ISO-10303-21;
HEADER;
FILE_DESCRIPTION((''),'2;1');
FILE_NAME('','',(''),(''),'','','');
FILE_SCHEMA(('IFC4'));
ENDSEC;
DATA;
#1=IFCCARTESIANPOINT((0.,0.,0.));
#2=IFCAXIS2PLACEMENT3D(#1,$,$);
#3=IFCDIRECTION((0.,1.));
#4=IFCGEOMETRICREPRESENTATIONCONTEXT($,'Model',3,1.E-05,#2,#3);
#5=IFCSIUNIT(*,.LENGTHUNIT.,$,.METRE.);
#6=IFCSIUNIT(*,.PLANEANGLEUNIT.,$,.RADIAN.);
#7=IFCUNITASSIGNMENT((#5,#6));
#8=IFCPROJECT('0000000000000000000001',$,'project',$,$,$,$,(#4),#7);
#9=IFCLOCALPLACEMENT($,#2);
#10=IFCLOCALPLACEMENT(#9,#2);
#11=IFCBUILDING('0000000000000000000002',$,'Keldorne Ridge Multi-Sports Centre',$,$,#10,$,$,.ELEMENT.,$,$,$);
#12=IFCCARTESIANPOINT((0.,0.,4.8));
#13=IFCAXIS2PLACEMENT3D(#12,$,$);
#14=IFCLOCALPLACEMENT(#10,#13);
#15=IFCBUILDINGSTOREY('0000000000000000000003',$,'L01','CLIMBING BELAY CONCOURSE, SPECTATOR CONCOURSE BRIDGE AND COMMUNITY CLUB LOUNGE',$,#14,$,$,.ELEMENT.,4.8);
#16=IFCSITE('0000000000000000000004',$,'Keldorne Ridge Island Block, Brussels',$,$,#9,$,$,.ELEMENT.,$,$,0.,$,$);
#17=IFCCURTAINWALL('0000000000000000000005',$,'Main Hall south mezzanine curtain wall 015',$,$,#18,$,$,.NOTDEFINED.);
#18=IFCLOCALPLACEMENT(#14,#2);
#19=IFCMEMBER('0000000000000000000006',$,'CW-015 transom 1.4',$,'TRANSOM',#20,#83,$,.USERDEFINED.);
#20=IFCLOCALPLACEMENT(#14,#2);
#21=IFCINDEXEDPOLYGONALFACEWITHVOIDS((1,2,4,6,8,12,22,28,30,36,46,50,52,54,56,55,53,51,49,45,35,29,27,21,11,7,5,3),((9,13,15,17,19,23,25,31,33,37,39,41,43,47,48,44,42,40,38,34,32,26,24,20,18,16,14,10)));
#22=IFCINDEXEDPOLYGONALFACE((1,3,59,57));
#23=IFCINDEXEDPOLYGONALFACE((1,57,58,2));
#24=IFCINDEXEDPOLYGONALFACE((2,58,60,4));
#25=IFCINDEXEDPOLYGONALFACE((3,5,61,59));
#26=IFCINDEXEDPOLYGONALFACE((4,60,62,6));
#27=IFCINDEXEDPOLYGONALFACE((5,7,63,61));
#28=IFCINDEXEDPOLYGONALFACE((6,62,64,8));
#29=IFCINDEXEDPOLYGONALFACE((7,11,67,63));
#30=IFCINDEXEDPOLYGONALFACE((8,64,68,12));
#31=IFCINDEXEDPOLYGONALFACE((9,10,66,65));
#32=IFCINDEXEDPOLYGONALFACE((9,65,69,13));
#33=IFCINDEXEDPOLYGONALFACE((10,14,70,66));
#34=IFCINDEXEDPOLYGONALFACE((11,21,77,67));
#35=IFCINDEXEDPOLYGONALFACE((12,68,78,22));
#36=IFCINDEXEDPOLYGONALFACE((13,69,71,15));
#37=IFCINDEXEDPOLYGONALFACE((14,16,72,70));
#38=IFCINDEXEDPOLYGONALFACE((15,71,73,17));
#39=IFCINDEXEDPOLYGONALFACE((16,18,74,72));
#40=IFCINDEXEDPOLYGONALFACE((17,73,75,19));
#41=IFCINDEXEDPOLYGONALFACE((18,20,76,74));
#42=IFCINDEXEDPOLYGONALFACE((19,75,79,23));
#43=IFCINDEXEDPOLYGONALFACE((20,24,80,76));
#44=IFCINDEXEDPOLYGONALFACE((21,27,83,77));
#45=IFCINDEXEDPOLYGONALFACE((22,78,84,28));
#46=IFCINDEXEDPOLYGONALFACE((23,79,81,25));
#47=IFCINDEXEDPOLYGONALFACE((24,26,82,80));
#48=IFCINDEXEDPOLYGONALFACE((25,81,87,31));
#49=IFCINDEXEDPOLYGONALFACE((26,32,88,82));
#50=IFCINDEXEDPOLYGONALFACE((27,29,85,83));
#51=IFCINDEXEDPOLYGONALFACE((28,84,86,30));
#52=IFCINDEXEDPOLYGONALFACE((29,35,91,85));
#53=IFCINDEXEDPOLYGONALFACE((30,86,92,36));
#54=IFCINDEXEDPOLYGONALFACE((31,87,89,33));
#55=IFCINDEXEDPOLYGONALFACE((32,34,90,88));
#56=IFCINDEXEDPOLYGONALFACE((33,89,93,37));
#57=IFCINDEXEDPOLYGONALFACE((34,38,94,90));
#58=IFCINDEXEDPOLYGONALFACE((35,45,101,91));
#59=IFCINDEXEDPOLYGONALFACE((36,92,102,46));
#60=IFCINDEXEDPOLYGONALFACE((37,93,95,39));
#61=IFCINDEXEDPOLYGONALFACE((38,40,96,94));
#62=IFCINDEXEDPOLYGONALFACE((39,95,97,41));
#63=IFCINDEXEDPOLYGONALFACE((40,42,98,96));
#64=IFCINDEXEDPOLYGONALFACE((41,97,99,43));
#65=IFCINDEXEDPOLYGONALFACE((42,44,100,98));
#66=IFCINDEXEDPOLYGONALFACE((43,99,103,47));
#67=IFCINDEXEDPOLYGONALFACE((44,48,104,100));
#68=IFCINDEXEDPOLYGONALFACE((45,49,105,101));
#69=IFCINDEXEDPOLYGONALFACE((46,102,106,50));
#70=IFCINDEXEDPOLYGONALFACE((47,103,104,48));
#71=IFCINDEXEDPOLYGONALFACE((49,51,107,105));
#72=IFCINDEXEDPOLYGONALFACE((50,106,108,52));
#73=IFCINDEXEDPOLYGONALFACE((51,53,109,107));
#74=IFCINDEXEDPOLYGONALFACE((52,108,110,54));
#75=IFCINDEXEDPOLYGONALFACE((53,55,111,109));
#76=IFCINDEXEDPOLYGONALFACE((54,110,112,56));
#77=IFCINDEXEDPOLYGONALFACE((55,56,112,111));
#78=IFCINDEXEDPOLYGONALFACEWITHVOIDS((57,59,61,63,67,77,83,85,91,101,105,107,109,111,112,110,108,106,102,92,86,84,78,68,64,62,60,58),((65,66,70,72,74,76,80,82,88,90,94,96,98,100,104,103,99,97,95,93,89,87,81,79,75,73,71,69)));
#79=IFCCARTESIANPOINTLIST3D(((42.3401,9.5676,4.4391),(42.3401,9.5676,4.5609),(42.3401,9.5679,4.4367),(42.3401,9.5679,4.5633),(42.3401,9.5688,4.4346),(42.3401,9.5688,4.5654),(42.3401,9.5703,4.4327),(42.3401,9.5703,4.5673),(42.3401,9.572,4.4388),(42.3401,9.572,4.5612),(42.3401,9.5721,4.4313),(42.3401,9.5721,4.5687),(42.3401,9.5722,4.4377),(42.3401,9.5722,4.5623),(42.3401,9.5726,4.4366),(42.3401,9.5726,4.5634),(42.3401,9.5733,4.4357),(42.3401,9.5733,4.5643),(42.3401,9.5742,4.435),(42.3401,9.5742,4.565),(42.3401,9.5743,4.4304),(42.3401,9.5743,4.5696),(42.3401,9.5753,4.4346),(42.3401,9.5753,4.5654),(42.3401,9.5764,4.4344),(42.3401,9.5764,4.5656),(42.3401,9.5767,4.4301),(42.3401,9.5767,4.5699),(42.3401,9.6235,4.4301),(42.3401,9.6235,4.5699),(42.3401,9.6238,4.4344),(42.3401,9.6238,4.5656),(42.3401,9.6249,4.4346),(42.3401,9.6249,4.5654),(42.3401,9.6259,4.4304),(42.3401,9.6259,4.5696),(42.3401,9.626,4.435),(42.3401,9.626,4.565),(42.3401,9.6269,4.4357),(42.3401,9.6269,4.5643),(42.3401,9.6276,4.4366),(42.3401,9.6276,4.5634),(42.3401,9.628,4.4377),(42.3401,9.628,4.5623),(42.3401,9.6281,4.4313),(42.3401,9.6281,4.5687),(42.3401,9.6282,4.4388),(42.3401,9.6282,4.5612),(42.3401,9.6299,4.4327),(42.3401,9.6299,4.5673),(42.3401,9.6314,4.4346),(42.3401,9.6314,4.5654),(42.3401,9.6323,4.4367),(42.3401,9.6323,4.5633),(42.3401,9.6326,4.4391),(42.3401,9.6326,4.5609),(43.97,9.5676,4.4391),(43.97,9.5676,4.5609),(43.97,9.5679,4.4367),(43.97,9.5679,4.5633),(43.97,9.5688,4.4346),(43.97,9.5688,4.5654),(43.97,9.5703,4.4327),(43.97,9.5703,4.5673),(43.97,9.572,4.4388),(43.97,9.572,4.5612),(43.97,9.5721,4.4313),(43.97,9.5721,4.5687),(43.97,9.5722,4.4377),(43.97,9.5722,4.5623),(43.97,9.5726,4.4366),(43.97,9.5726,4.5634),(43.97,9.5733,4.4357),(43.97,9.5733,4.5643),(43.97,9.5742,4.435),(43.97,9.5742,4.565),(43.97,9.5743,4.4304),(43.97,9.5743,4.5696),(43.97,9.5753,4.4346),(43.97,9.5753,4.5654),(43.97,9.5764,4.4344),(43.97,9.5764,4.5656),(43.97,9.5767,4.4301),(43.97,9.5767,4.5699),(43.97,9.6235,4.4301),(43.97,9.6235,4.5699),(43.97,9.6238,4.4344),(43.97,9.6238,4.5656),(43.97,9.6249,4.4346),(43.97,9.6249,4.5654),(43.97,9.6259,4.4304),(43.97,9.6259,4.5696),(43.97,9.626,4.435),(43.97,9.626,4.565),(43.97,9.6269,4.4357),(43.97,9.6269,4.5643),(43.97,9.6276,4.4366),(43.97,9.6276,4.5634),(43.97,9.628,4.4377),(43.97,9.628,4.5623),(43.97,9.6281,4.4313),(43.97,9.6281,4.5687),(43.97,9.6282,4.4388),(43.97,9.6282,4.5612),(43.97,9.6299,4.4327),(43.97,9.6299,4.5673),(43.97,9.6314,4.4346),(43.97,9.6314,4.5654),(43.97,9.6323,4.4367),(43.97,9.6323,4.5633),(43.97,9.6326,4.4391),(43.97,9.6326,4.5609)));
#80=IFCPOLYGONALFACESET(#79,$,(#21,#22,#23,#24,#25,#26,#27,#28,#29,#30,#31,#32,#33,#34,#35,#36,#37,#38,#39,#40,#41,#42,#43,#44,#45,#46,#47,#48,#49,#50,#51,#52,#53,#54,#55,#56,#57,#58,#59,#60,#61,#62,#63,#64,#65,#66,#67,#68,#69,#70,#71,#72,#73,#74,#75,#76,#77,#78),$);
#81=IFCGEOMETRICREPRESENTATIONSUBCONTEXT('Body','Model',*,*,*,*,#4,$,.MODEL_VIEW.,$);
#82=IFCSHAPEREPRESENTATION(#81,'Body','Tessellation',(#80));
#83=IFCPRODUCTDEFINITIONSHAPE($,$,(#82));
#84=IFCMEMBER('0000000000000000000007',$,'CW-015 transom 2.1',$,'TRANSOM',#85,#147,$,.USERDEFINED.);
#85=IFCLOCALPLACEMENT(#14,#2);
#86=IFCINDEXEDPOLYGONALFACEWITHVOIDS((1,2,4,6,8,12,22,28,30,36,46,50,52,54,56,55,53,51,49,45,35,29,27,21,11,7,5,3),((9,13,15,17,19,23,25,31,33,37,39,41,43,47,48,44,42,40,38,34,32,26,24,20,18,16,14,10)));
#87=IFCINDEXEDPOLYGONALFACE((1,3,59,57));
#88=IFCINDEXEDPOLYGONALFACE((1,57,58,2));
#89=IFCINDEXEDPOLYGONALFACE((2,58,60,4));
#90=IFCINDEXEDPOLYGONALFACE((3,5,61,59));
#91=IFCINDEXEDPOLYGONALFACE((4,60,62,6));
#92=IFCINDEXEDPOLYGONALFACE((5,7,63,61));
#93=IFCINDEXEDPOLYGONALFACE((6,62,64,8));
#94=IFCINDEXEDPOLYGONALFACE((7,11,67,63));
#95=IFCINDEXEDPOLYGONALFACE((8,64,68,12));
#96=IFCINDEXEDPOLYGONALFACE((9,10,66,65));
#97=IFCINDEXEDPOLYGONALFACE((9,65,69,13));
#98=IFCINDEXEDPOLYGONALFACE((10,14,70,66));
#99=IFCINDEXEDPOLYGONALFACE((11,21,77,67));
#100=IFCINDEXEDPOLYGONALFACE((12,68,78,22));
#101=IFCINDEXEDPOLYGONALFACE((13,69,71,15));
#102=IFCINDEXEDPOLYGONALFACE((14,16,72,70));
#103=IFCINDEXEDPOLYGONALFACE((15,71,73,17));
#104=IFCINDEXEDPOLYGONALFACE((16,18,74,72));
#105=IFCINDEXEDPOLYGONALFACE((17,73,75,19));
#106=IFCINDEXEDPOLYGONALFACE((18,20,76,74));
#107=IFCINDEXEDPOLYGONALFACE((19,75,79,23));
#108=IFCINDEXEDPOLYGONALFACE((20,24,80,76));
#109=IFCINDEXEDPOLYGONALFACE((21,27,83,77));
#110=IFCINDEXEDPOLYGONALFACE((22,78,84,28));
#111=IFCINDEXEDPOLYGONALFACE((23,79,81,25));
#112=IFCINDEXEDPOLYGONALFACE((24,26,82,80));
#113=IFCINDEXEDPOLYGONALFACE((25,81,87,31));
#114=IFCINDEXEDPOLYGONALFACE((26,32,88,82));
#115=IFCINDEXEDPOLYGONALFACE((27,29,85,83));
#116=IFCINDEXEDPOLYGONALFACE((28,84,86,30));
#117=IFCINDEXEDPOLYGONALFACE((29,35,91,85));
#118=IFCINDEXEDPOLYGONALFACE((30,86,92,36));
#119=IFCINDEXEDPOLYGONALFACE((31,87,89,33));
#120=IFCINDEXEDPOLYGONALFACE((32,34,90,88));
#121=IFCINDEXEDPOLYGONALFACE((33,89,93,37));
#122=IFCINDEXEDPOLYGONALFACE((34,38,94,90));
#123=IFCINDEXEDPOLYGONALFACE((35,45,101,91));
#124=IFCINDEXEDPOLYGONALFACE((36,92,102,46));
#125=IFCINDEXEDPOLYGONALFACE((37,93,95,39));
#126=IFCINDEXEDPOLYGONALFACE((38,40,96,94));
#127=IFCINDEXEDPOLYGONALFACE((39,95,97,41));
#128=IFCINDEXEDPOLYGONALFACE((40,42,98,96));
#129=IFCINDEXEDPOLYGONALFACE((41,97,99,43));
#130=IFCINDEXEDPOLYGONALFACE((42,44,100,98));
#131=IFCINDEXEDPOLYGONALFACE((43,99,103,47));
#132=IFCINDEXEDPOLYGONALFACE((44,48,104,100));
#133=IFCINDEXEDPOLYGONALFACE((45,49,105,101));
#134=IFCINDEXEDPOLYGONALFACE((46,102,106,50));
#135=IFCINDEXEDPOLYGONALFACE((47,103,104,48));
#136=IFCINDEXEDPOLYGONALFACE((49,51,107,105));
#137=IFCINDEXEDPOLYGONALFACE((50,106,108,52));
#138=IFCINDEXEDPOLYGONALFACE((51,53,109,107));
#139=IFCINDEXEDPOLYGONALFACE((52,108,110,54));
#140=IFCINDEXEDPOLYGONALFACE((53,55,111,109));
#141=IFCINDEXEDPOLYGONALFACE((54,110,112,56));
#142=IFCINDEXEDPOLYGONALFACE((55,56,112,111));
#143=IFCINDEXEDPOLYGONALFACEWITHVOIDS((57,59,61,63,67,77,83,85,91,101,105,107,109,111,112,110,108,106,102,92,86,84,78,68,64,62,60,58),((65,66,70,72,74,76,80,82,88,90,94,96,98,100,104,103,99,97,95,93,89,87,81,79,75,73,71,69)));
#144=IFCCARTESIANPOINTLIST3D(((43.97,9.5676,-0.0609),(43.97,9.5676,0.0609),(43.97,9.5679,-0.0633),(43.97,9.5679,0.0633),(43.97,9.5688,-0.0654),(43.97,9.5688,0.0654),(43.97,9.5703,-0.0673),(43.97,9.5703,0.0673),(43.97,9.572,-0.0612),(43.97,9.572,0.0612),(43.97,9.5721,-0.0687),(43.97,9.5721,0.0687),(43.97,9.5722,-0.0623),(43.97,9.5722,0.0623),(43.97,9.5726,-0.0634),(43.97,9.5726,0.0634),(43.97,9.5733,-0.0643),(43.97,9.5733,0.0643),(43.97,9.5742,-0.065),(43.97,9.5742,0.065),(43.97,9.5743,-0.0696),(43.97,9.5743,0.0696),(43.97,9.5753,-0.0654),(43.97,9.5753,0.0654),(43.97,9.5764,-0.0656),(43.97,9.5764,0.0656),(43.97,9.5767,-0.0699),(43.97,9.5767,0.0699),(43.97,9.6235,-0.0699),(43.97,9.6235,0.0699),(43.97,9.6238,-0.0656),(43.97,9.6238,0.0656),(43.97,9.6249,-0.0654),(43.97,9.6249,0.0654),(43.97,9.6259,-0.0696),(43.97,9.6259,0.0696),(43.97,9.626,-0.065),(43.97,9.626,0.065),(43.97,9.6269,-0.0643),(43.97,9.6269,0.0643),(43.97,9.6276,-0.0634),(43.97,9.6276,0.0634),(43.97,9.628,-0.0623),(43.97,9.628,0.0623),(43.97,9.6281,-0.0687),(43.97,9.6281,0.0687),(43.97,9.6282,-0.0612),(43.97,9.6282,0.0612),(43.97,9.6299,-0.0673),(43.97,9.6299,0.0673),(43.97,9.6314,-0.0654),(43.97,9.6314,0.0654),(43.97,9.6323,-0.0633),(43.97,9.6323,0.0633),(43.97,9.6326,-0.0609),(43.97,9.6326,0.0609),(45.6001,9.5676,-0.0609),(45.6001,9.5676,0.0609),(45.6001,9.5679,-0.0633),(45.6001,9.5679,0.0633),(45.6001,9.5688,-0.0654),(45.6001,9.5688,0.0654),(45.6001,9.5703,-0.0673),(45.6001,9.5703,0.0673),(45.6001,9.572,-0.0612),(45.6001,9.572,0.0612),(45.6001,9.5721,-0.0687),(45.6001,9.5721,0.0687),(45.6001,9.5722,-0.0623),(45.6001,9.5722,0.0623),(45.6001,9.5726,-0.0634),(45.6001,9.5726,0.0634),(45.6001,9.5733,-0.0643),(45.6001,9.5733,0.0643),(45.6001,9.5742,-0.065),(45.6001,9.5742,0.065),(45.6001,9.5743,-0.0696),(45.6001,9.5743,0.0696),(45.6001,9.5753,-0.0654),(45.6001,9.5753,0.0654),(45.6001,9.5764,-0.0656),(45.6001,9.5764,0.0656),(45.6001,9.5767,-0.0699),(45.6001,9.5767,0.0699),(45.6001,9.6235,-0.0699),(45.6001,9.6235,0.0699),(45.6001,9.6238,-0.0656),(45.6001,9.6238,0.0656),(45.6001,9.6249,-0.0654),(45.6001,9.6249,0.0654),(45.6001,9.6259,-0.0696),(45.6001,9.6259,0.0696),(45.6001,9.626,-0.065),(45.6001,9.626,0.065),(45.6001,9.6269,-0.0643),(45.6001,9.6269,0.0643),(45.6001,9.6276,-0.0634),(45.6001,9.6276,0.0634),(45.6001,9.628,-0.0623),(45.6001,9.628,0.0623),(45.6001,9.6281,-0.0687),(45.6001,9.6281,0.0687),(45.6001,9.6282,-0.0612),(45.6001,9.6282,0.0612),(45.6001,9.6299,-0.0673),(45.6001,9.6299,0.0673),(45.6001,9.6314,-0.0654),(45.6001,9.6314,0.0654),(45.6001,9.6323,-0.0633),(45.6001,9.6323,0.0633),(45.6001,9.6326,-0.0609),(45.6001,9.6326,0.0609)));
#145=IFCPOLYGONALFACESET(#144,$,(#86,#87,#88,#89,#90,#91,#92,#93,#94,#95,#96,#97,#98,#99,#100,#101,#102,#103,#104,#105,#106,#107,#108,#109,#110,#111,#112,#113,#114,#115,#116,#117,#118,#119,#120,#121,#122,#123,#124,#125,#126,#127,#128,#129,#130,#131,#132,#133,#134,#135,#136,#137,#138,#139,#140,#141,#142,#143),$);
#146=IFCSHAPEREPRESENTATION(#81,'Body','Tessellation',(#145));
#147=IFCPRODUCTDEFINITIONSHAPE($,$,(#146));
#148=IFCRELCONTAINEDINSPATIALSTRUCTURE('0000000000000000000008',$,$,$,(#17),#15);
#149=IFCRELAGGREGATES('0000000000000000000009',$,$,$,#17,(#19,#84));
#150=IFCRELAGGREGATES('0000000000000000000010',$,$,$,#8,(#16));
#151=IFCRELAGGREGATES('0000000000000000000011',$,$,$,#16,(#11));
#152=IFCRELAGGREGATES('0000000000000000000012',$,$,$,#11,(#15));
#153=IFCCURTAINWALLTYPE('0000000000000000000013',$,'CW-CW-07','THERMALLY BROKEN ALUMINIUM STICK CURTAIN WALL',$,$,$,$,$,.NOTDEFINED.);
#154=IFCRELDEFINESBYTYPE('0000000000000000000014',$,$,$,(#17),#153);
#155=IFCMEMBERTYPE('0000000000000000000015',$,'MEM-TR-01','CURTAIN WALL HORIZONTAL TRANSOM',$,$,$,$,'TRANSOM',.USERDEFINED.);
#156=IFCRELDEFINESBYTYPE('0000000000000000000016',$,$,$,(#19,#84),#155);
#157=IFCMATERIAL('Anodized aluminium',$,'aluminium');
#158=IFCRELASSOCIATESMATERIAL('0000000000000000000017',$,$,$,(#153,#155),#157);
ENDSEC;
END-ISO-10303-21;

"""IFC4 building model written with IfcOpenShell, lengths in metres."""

from ifc_helpers import new_model, si_unit, direction, frame, origin, origin_2d, place, context, subcontext, project, spatial, hollow_rectangle, extrude, material, material_profile, profile_set, type_object, element, aggregate, save


model = new_model("IFC4")

# Units and contexts
model_context = context("Model", 3, precision=1e-05, world=origin(), true_north=direction((0.0, 1.0)))
body_context = subcontext(model_context, "Body", "Model", "MODEL_VIEW")
ifc_project = project(units=[si_unit("LENGTHUNIT", "METRE"), si_unit("PLANEANGLEUNIT", "RADIAN")], contexts=[model_context])

# Site, building, storey
site_placement = place(None, origin())
site = spatial("IfcSite", under=ifc_project, at=site_placement, Name="Keldorne Ridge Island Block, Brussels", CompositionType="ELEMENT", RefElevation=0.0)
building_placement = place(site_placement, origin())
building = spatial("IfcBuilding", under=site, at=building_placement, Name="Keldorne Ridge Multi-Sports Centre", CompositionType="ELEMENT")
storey_placement = place(building_placement, frame((0.0, 0.0, 4.8)))
storey = spatial("IfcBuildingStorey", under=building, at=storey_placement, Name="L01", Description="CLIMBING BELAY CONCOURSE, SPECTATOR CONCOURSE BRIDGE AND COMMUNITY CLUB LOUNGE", CompositionType="ELEMENT", Elevation=4.8)

# Curtain wall, members
ifc_material_1 = material(Name="Anodized aluminium", Category="aluminium")
curtain_wall_type = type_object("IfcCurtainWallType", Name="CW-CW-07", Description="THERMALLY BROKEN ALUMINIUM STICK CURTAIN WALL", PredefinedType="NOTDEFINED", material=ifc_material_1)
curtain_wall_placement = place(storey_placement, origin())
curtain_wall = element("IfcCurtainWall", 1, at=curtain_wall_placement, inside=storey, type_object=curtain_wall_type, Name="Main Hall south mezzanine curtain wall 015", PredefinedType="NOTDEFINED")
ifc_material_profile_1 = material_profile(ifc_material_1, hollow_rectangle(XDim=0.0649, YDim=0.1399, WallThickness=0.0044, InnerFilletRadius=0.0044, OuterFilletRadius=0.009, at=origin_2d()), Name="ALU TRANSOM 140x65x4.5")
ifc_profile_set_1 = profile_set([ifc_material_profile_1], Name="Anodized aluminium")
member_type_1 = type_object("IfcMemberType", Name="MEM-TR-01", Description="CURTAIN WALL HORIZONTAL TRANSOM", ElementType="TRANSOM", PredefinedType="USERDEFINED", material=ifc_profile_set_1)
member_1_placement = place(storey_placement, frame((42.3401, 9.6001, 4.5), z_axis=(1.0, 0.0, 0.0), x_axis=(0.0, 1.0, 0.0)))
member_1 = element("IfcMember", 2, at=member_1_placement, type_object=member_type_1, Name="CW-015 transom 1.4", ObjectType="TRANSOM", PredefinedType="USERDEFINED", context=body_context, shape_type="SweptSolid", body=[
    extrude(hollow_rectangle(XDim=0.0649, YDim=0.1399, WallThickness=0.0044, InnerFilletRadius=0.0044, OuterFilletRadius=0.009, at=origin_2d()), origin(), (0.0, 0.0, 1.0), 1.6299),
])
member_2_placement = place(storey_placement, frame((43.97, 9.6001, 0.0), z_axis=(1.0, 0.0, 0.0), x_axis=(0.0, 1.0, 0.0)))
member_2 = element("IfcMember", 3, at=member_2_placement, type_object=member_type_1, Name="CW-015 transom 2.1", ObjectType="TRANSOM", PredefinedType="USERDEFINED", context=body_context, shape_type="SweptSolid", body=[
    extrude(hollow_rectangle(XDim=0.0649, YDim=0.1399, WallThickness=0.0044, InnerFilletRadius=0.0044, OuterFilletRadius=0.009, at=origin_2d()), origin(), (0.0, 0.0, 1.0), 1.6301),
])
aggregate(curtain_wall, [member_1, member_2])

save(model, "model.ifc")
